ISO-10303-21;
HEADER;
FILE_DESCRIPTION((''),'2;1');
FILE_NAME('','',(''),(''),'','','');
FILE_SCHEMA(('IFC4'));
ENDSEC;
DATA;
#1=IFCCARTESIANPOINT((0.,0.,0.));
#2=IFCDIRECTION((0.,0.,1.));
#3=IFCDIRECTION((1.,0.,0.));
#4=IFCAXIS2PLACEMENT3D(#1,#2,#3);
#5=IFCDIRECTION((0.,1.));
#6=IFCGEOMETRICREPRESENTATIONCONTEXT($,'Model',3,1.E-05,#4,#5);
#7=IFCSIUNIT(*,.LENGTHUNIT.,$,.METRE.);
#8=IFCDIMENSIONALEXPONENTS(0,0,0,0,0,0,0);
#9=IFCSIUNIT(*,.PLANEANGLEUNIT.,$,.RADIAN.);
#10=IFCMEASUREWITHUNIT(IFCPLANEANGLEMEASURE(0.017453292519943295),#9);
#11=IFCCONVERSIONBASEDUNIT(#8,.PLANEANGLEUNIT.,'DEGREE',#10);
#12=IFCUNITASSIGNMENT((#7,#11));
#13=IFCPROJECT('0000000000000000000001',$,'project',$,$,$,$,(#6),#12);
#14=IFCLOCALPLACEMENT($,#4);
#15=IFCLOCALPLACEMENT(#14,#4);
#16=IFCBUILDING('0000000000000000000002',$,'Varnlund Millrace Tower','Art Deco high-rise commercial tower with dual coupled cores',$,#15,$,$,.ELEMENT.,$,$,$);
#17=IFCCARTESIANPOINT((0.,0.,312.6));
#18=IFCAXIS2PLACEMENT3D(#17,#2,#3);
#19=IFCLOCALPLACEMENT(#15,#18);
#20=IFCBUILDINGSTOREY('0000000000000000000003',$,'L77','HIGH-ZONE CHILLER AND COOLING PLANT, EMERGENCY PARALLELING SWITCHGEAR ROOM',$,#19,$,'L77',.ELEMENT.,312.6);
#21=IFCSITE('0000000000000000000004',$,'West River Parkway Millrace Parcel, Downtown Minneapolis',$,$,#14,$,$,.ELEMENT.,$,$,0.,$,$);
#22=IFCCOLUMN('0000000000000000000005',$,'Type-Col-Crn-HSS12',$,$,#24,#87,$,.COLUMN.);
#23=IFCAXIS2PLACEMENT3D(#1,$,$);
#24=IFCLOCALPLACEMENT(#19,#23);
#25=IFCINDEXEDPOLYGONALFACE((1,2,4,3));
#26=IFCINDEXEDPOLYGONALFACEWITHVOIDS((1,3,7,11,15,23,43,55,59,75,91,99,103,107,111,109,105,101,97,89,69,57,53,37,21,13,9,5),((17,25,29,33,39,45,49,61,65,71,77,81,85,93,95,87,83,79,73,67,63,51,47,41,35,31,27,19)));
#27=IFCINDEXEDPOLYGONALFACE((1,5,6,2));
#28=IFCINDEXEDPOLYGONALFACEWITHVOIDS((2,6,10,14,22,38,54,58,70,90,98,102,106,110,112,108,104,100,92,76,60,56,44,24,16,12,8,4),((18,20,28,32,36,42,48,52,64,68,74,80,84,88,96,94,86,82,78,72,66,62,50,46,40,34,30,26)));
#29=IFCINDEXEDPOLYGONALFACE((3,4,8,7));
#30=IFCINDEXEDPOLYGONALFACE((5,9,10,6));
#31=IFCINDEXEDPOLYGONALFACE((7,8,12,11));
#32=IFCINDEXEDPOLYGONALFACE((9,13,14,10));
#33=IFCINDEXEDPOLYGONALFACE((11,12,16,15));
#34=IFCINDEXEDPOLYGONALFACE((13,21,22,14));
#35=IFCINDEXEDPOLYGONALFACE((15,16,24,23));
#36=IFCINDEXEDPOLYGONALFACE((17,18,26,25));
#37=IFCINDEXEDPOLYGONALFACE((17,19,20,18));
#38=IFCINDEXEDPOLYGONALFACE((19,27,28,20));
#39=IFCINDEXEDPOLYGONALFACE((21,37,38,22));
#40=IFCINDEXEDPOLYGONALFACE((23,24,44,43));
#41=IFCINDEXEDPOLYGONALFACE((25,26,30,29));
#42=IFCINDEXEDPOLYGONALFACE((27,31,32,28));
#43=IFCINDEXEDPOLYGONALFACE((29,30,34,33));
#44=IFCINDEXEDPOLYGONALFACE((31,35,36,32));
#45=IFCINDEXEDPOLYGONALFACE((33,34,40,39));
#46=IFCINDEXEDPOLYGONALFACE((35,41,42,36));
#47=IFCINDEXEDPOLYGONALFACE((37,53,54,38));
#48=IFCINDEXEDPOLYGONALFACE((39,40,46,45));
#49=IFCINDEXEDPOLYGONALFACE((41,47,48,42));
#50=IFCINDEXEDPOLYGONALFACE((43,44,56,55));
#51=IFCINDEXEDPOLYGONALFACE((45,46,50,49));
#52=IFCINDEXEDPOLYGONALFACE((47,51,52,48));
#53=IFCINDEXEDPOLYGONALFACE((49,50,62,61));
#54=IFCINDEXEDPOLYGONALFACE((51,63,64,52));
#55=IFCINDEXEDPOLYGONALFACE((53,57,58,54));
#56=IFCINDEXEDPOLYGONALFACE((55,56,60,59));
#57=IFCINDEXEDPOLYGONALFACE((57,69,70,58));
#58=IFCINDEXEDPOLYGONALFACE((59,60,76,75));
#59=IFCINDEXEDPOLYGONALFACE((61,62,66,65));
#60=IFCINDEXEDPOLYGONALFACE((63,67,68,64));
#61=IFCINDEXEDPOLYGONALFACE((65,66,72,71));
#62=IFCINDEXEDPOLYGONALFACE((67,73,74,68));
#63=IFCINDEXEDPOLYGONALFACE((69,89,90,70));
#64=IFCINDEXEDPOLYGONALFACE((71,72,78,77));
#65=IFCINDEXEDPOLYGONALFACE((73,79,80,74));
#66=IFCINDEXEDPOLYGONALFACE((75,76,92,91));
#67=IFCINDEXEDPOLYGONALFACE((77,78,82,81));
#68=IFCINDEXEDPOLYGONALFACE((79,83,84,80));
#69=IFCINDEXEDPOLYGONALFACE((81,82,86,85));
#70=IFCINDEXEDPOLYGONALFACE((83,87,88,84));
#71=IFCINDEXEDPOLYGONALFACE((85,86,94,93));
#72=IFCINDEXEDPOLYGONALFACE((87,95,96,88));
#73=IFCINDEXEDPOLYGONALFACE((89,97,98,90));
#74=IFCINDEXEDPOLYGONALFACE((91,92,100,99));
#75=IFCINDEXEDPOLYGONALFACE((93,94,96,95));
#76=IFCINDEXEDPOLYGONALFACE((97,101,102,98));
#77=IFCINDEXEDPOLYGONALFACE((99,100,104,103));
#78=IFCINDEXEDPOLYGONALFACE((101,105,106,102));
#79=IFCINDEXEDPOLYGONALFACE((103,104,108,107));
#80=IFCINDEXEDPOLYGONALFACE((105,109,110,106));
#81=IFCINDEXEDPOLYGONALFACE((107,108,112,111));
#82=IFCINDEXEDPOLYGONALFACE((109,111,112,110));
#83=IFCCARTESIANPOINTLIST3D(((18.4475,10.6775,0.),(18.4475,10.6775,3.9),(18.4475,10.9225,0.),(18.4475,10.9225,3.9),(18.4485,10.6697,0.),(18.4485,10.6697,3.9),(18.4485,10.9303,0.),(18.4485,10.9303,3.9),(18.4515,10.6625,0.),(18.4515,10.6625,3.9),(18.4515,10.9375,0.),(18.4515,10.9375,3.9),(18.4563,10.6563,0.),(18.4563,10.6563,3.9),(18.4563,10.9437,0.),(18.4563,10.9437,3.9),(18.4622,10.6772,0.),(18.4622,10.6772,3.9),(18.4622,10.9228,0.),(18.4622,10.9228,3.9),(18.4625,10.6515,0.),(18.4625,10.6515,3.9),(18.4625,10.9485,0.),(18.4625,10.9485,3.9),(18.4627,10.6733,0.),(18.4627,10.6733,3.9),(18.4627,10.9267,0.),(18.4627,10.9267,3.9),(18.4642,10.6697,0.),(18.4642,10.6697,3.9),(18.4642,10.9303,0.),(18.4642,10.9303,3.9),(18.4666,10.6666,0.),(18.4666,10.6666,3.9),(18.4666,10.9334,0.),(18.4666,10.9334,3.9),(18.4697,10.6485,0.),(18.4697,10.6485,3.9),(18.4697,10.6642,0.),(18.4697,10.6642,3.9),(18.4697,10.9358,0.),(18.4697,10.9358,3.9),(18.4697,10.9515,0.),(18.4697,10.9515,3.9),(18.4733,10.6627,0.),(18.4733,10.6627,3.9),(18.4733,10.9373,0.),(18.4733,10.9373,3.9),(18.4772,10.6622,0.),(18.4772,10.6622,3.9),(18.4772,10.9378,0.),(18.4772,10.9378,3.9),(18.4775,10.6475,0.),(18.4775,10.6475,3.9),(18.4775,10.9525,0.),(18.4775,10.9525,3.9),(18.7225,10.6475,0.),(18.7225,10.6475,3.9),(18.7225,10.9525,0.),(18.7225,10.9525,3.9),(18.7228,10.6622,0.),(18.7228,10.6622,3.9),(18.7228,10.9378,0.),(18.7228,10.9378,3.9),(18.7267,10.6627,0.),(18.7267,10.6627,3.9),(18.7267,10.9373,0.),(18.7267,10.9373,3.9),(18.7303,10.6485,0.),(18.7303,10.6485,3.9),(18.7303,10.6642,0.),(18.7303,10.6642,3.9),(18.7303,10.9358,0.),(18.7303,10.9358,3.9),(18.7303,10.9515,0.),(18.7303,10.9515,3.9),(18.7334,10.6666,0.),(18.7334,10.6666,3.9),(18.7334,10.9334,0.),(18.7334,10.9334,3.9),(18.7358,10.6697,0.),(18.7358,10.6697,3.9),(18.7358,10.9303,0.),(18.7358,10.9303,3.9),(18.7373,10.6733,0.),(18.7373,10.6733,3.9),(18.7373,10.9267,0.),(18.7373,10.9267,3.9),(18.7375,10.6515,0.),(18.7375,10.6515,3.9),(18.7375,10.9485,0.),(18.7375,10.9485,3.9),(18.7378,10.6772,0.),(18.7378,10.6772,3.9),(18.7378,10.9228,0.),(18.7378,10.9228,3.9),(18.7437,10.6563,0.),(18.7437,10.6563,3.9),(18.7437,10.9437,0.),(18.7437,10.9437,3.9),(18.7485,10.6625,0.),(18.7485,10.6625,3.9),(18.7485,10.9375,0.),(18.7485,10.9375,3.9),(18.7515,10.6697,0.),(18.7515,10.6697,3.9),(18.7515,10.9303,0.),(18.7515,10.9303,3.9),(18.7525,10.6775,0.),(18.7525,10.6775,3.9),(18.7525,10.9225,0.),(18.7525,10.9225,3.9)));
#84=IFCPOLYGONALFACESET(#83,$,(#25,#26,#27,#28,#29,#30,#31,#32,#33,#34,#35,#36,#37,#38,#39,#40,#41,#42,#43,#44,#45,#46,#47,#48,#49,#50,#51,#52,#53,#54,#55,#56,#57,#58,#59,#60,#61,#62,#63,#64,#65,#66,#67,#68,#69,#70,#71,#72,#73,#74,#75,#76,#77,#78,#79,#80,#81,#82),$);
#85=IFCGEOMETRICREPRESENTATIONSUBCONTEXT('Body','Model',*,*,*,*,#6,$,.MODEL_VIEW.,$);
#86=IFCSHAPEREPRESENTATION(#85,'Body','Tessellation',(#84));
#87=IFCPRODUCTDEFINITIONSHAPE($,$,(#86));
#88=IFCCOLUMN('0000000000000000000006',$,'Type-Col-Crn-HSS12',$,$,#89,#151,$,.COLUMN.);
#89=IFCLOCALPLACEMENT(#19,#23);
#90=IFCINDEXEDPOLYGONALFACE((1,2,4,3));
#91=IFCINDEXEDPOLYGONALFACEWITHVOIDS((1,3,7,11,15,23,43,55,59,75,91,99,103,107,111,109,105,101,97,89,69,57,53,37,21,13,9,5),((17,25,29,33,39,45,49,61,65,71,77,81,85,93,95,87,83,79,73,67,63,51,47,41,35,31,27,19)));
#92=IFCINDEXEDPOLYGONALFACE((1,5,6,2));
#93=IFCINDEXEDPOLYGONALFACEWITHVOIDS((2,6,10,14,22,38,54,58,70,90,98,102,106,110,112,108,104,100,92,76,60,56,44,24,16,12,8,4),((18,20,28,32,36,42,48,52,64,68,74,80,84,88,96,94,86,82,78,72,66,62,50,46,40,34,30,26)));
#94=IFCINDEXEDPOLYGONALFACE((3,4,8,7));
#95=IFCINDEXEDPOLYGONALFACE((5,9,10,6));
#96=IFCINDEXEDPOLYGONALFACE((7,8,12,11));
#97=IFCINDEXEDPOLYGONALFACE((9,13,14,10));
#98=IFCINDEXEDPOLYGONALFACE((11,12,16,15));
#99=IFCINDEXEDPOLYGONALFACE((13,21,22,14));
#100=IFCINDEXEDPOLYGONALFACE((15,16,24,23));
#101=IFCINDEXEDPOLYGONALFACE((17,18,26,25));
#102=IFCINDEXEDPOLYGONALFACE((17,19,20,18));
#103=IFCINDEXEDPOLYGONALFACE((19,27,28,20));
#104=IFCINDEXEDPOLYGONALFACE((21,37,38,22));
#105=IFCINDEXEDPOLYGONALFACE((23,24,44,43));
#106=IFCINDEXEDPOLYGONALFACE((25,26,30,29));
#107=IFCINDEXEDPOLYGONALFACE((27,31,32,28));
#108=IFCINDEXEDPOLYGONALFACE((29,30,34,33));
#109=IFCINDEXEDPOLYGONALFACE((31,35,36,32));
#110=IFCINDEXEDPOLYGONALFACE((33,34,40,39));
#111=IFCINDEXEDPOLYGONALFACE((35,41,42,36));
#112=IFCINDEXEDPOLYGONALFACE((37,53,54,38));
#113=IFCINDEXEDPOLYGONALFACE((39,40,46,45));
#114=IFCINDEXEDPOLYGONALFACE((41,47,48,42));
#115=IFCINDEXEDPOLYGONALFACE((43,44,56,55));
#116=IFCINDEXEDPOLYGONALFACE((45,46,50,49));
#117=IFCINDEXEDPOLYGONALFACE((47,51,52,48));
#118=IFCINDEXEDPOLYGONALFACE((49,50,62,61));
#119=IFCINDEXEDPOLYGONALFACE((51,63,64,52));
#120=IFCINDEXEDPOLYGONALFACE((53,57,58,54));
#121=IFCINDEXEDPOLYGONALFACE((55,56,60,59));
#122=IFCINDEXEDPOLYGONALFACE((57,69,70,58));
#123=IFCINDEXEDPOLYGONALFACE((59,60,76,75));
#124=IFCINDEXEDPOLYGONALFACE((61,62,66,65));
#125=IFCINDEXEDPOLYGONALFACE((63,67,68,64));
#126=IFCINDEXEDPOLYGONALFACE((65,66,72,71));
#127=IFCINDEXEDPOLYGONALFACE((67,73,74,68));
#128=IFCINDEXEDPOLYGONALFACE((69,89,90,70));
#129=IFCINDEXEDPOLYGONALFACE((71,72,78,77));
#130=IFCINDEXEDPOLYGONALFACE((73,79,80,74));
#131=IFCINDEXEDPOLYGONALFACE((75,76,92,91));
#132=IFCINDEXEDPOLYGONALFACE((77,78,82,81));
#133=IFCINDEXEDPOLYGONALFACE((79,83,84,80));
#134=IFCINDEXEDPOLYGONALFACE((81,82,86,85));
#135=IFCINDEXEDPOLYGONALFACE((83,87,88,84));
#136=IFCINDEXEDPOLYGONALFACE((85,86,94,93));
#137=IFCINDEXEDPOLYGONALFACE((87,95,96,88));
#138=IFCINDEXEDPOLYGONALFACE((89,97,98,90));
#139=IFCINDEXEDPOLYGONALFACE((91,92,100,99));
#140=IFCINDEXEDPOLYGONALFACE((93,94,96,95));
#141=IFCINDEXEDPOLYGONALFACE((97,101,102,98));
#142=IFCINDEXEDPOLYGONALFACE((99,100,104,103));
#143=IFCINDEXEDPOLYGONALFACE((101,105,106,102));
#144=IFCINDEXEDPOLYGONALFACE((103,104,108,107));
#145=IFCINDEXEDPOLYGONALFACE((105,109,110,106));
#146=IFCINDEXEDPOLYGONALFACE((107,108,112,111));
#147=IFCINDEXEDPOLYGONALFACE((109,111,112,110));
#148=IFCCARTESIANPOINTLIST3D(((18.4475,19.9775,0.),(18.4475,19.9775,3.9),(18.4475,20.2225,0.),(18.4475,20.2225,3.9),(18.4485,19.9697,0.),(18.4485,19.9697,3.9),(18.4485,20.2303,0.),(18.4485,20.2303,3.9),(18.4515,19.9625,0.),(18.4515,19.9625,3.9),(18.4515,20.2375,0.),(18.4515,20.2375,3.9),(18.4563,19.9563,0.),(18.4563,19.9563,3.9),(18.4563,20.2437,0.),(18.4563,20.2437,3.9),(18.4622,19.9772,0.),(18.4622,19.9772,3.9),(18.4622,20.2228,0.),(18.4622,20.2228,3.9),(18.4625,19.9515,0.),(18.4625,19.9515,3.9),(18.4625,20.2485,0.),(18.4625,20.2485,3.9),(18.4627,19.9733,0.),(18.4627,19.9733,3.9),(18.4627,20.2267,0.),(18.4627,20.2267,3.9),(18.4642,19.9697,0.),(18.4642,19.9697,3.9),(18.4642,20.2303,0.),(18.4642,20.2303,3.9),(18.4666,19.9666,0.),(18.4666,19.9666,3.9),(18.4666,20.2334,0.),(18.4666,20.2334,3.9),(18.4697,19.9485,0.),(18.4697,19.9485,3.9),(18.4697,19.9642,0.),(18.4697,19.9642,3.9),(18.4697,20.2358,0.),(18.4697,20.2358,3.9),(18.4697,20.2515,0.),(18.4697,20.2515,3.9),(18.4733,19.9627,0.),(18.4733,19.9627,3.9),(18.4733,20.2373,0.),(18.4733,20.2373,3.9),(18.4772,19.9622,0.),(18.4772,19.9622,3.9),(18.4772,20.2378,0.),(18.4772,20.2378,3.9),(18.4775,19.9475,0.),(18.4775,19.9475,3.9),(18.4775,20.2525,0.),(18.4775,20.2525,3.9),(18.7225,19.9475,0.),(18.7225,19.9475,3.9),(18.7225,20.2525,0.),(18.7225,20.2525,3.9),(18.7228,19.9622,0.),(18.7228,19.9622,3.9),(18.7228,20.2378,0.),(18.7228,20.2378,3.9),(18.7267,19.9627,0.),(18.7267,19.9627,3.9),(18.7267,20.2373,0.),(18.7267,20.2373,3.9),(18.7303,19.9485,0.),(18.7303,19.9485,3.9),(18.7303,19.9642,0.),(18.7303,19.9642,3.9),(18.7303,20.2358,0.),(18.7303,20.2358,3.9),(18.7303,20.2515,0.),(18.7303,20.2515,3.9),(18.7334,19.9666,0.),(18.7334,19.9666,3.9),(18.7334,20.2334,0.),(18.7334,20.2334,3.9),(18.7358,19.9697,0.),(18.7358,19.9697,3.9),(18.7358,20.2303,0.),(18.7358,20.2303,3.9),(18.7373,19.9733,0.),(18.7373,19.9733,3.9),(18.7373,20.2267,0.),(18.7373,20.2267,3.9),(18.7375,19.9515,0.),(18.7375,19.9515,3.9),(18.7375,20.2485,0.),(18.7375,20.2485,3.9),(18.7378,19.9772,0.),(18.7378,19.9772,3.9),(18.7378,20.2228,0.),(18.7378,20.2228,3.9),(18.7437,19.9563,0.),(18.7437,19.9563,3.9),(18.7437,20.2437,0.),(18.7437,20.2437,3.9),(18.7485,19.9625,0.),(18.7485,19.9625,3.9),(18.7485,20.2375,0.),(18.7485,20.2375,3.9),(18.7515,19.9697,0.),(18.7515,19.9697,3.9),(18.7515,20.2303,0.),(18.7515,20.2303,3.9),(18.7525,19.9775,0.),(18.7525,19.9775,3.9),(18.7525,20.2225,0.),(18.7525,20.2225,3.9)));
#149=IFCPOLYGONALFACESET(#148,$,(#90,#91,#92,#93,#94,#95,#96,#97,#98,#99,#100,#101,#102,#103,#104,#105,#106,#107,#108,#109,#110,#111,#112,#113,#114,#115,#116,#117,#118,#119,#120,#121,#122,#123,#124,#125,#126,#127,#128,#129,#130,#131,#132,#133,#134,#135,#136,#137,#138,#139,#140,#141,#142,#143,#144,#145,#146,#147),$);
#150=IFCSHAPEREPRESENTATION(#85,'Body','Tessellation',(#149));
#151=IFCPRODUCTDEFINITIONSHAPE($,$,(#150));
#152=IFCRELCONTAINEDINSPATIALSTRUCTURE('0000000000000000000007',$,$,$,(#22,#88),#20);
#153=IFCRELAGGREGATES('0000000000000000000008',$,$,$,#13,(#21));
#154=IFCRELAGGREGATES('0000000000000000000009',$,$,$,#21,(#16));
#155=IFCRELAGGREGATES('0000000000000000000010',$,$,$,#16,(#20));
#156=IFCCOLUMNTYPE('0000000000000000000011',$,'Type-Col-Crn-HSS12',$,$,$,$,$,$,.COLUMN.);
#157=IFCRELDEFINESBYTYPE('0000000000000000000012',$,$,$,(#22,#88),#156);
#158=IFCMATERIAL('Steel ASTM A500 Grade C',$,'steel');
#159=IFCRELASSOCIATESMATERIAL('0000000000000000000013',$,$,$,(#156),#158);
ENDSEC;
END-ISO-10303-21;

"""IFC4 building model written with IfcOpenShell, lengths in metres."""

from ifc_helpers import new_model, entity, si_unit, converted_unit, direction, frame, origin_with_axes, origin_2d_with_axis, place, context, subcontext, project, spatial, hollow_rectangle, extrude, material, material_profile, profile_set, type_object, element, save


model = new_model("IFC4")

# Units and contexts
model_context = context("Model", 3, precision=1e-05, world=origin_with_axes(), true_north=direction((0.0, 1.0)))
body_context = subcontext(model_context, "Body", "Model", "MODEL_VIEW")
ifc_project = project(units=[si_unit("LENGTHUNIT", "METRE"), converted_unit("PLANEANGLEUNIT", "DEGREE", entity("IfcPlaneAngleMeasure", 0.017453292519943295), si_unit("PLANEANGLEUNIT", "RADIAN"), dimensions=[0, 0, 0, 0, 0, 0, 0])], contexts=[model_context])

# Site, building, storey
site_placement = place(None, origin_with_axes())
site = spatial("IfcSite", under=ifc_project, at=site_placement, Name="West River Parkway Millrace Parcel, Downtown Minneapolis", CompositionType="ELEMENT", RefElevation=0.0)
building_placement = place(site_placement, origin_with_axes())
building = spatial("IfcBuilding", under=site, at=building_placement, Name="Varnlund Millrace Tower", Description="Art Deco high-rise commercial tower with dual coupled cores", CompositionType="ELEMENT")
storey_placement = place(building_placement, frame((0.0, 0.0, 312.6), z_axis=(0.0, 0.0, 1.0), x_axis=(1.0, 0.0, 0.0)))
storey = spatial("IfcBuildingStorey", under=building, at=storey_placement, Name="L77", Description="HIGH-ZONE CHILLER AND COOLING PLANT, EMERGENCY PARALLELING SWITCHGEAR ROOM", LongName="L77", CompositionType="ELEMENT", Elevation=312.6)

# Columns
ifc_material_1 = material(Name="Steel ASTM A500 Grade C", Category="steel")
ifc_material_profile = material_profile(ifc_material_1, hollow_rectangle(XDim=0.305, YDim=0.305, WallThickness=0.0147, InnerFilletRadius=0.015, OuterFilletRadius=0.03, at=origin_2d_with_axis()), Name="Steel ASTM A500 Grade C")
ifc_profile_set = profile_set([ifc_material_profile], Name="Steel ASTM A500 Grade C")
column_type = type_object("IfcColumnType", Name="Type-Col-Crn-HSS12", PredefinedType="COLUMN", material=ifc_profile_set)
for number, where, z_axis, x_axis, name in (
    (1, (18.6, 10.8, 0.0), (0.0, 0.0, 1.0), (1.0, 0.0, 0.0), "Type-Col-Crn-HSS12"),
    (2, (18.6, 20.1, 0.0), (0.0, 0.0, 1.0), (1.0, 0.0, 0.0), "Type-Col-Crn-HSS12"),
):
    element("IfcColumn", number, at=place(storey_placement, frame(where, z_axis=z_axis, x_axis=x_axis)), inside=storey, type_object=column_type, Name=name, PredefinedType="COLUMN", context=body_context, shape_type="SweptSolid", body=[
        extrude(hollow_rectangle(XDim=0.305, YDim=0.305, WallThickness=0.0147, InnerFilletRadius=0.015, OuterFilletRadius=0.03, at=origin_2d_with_axis()), origin_with_axes(), (0.0, 0.0, 1.0), 3.9),
    ])

save(model, "model.ifc")
